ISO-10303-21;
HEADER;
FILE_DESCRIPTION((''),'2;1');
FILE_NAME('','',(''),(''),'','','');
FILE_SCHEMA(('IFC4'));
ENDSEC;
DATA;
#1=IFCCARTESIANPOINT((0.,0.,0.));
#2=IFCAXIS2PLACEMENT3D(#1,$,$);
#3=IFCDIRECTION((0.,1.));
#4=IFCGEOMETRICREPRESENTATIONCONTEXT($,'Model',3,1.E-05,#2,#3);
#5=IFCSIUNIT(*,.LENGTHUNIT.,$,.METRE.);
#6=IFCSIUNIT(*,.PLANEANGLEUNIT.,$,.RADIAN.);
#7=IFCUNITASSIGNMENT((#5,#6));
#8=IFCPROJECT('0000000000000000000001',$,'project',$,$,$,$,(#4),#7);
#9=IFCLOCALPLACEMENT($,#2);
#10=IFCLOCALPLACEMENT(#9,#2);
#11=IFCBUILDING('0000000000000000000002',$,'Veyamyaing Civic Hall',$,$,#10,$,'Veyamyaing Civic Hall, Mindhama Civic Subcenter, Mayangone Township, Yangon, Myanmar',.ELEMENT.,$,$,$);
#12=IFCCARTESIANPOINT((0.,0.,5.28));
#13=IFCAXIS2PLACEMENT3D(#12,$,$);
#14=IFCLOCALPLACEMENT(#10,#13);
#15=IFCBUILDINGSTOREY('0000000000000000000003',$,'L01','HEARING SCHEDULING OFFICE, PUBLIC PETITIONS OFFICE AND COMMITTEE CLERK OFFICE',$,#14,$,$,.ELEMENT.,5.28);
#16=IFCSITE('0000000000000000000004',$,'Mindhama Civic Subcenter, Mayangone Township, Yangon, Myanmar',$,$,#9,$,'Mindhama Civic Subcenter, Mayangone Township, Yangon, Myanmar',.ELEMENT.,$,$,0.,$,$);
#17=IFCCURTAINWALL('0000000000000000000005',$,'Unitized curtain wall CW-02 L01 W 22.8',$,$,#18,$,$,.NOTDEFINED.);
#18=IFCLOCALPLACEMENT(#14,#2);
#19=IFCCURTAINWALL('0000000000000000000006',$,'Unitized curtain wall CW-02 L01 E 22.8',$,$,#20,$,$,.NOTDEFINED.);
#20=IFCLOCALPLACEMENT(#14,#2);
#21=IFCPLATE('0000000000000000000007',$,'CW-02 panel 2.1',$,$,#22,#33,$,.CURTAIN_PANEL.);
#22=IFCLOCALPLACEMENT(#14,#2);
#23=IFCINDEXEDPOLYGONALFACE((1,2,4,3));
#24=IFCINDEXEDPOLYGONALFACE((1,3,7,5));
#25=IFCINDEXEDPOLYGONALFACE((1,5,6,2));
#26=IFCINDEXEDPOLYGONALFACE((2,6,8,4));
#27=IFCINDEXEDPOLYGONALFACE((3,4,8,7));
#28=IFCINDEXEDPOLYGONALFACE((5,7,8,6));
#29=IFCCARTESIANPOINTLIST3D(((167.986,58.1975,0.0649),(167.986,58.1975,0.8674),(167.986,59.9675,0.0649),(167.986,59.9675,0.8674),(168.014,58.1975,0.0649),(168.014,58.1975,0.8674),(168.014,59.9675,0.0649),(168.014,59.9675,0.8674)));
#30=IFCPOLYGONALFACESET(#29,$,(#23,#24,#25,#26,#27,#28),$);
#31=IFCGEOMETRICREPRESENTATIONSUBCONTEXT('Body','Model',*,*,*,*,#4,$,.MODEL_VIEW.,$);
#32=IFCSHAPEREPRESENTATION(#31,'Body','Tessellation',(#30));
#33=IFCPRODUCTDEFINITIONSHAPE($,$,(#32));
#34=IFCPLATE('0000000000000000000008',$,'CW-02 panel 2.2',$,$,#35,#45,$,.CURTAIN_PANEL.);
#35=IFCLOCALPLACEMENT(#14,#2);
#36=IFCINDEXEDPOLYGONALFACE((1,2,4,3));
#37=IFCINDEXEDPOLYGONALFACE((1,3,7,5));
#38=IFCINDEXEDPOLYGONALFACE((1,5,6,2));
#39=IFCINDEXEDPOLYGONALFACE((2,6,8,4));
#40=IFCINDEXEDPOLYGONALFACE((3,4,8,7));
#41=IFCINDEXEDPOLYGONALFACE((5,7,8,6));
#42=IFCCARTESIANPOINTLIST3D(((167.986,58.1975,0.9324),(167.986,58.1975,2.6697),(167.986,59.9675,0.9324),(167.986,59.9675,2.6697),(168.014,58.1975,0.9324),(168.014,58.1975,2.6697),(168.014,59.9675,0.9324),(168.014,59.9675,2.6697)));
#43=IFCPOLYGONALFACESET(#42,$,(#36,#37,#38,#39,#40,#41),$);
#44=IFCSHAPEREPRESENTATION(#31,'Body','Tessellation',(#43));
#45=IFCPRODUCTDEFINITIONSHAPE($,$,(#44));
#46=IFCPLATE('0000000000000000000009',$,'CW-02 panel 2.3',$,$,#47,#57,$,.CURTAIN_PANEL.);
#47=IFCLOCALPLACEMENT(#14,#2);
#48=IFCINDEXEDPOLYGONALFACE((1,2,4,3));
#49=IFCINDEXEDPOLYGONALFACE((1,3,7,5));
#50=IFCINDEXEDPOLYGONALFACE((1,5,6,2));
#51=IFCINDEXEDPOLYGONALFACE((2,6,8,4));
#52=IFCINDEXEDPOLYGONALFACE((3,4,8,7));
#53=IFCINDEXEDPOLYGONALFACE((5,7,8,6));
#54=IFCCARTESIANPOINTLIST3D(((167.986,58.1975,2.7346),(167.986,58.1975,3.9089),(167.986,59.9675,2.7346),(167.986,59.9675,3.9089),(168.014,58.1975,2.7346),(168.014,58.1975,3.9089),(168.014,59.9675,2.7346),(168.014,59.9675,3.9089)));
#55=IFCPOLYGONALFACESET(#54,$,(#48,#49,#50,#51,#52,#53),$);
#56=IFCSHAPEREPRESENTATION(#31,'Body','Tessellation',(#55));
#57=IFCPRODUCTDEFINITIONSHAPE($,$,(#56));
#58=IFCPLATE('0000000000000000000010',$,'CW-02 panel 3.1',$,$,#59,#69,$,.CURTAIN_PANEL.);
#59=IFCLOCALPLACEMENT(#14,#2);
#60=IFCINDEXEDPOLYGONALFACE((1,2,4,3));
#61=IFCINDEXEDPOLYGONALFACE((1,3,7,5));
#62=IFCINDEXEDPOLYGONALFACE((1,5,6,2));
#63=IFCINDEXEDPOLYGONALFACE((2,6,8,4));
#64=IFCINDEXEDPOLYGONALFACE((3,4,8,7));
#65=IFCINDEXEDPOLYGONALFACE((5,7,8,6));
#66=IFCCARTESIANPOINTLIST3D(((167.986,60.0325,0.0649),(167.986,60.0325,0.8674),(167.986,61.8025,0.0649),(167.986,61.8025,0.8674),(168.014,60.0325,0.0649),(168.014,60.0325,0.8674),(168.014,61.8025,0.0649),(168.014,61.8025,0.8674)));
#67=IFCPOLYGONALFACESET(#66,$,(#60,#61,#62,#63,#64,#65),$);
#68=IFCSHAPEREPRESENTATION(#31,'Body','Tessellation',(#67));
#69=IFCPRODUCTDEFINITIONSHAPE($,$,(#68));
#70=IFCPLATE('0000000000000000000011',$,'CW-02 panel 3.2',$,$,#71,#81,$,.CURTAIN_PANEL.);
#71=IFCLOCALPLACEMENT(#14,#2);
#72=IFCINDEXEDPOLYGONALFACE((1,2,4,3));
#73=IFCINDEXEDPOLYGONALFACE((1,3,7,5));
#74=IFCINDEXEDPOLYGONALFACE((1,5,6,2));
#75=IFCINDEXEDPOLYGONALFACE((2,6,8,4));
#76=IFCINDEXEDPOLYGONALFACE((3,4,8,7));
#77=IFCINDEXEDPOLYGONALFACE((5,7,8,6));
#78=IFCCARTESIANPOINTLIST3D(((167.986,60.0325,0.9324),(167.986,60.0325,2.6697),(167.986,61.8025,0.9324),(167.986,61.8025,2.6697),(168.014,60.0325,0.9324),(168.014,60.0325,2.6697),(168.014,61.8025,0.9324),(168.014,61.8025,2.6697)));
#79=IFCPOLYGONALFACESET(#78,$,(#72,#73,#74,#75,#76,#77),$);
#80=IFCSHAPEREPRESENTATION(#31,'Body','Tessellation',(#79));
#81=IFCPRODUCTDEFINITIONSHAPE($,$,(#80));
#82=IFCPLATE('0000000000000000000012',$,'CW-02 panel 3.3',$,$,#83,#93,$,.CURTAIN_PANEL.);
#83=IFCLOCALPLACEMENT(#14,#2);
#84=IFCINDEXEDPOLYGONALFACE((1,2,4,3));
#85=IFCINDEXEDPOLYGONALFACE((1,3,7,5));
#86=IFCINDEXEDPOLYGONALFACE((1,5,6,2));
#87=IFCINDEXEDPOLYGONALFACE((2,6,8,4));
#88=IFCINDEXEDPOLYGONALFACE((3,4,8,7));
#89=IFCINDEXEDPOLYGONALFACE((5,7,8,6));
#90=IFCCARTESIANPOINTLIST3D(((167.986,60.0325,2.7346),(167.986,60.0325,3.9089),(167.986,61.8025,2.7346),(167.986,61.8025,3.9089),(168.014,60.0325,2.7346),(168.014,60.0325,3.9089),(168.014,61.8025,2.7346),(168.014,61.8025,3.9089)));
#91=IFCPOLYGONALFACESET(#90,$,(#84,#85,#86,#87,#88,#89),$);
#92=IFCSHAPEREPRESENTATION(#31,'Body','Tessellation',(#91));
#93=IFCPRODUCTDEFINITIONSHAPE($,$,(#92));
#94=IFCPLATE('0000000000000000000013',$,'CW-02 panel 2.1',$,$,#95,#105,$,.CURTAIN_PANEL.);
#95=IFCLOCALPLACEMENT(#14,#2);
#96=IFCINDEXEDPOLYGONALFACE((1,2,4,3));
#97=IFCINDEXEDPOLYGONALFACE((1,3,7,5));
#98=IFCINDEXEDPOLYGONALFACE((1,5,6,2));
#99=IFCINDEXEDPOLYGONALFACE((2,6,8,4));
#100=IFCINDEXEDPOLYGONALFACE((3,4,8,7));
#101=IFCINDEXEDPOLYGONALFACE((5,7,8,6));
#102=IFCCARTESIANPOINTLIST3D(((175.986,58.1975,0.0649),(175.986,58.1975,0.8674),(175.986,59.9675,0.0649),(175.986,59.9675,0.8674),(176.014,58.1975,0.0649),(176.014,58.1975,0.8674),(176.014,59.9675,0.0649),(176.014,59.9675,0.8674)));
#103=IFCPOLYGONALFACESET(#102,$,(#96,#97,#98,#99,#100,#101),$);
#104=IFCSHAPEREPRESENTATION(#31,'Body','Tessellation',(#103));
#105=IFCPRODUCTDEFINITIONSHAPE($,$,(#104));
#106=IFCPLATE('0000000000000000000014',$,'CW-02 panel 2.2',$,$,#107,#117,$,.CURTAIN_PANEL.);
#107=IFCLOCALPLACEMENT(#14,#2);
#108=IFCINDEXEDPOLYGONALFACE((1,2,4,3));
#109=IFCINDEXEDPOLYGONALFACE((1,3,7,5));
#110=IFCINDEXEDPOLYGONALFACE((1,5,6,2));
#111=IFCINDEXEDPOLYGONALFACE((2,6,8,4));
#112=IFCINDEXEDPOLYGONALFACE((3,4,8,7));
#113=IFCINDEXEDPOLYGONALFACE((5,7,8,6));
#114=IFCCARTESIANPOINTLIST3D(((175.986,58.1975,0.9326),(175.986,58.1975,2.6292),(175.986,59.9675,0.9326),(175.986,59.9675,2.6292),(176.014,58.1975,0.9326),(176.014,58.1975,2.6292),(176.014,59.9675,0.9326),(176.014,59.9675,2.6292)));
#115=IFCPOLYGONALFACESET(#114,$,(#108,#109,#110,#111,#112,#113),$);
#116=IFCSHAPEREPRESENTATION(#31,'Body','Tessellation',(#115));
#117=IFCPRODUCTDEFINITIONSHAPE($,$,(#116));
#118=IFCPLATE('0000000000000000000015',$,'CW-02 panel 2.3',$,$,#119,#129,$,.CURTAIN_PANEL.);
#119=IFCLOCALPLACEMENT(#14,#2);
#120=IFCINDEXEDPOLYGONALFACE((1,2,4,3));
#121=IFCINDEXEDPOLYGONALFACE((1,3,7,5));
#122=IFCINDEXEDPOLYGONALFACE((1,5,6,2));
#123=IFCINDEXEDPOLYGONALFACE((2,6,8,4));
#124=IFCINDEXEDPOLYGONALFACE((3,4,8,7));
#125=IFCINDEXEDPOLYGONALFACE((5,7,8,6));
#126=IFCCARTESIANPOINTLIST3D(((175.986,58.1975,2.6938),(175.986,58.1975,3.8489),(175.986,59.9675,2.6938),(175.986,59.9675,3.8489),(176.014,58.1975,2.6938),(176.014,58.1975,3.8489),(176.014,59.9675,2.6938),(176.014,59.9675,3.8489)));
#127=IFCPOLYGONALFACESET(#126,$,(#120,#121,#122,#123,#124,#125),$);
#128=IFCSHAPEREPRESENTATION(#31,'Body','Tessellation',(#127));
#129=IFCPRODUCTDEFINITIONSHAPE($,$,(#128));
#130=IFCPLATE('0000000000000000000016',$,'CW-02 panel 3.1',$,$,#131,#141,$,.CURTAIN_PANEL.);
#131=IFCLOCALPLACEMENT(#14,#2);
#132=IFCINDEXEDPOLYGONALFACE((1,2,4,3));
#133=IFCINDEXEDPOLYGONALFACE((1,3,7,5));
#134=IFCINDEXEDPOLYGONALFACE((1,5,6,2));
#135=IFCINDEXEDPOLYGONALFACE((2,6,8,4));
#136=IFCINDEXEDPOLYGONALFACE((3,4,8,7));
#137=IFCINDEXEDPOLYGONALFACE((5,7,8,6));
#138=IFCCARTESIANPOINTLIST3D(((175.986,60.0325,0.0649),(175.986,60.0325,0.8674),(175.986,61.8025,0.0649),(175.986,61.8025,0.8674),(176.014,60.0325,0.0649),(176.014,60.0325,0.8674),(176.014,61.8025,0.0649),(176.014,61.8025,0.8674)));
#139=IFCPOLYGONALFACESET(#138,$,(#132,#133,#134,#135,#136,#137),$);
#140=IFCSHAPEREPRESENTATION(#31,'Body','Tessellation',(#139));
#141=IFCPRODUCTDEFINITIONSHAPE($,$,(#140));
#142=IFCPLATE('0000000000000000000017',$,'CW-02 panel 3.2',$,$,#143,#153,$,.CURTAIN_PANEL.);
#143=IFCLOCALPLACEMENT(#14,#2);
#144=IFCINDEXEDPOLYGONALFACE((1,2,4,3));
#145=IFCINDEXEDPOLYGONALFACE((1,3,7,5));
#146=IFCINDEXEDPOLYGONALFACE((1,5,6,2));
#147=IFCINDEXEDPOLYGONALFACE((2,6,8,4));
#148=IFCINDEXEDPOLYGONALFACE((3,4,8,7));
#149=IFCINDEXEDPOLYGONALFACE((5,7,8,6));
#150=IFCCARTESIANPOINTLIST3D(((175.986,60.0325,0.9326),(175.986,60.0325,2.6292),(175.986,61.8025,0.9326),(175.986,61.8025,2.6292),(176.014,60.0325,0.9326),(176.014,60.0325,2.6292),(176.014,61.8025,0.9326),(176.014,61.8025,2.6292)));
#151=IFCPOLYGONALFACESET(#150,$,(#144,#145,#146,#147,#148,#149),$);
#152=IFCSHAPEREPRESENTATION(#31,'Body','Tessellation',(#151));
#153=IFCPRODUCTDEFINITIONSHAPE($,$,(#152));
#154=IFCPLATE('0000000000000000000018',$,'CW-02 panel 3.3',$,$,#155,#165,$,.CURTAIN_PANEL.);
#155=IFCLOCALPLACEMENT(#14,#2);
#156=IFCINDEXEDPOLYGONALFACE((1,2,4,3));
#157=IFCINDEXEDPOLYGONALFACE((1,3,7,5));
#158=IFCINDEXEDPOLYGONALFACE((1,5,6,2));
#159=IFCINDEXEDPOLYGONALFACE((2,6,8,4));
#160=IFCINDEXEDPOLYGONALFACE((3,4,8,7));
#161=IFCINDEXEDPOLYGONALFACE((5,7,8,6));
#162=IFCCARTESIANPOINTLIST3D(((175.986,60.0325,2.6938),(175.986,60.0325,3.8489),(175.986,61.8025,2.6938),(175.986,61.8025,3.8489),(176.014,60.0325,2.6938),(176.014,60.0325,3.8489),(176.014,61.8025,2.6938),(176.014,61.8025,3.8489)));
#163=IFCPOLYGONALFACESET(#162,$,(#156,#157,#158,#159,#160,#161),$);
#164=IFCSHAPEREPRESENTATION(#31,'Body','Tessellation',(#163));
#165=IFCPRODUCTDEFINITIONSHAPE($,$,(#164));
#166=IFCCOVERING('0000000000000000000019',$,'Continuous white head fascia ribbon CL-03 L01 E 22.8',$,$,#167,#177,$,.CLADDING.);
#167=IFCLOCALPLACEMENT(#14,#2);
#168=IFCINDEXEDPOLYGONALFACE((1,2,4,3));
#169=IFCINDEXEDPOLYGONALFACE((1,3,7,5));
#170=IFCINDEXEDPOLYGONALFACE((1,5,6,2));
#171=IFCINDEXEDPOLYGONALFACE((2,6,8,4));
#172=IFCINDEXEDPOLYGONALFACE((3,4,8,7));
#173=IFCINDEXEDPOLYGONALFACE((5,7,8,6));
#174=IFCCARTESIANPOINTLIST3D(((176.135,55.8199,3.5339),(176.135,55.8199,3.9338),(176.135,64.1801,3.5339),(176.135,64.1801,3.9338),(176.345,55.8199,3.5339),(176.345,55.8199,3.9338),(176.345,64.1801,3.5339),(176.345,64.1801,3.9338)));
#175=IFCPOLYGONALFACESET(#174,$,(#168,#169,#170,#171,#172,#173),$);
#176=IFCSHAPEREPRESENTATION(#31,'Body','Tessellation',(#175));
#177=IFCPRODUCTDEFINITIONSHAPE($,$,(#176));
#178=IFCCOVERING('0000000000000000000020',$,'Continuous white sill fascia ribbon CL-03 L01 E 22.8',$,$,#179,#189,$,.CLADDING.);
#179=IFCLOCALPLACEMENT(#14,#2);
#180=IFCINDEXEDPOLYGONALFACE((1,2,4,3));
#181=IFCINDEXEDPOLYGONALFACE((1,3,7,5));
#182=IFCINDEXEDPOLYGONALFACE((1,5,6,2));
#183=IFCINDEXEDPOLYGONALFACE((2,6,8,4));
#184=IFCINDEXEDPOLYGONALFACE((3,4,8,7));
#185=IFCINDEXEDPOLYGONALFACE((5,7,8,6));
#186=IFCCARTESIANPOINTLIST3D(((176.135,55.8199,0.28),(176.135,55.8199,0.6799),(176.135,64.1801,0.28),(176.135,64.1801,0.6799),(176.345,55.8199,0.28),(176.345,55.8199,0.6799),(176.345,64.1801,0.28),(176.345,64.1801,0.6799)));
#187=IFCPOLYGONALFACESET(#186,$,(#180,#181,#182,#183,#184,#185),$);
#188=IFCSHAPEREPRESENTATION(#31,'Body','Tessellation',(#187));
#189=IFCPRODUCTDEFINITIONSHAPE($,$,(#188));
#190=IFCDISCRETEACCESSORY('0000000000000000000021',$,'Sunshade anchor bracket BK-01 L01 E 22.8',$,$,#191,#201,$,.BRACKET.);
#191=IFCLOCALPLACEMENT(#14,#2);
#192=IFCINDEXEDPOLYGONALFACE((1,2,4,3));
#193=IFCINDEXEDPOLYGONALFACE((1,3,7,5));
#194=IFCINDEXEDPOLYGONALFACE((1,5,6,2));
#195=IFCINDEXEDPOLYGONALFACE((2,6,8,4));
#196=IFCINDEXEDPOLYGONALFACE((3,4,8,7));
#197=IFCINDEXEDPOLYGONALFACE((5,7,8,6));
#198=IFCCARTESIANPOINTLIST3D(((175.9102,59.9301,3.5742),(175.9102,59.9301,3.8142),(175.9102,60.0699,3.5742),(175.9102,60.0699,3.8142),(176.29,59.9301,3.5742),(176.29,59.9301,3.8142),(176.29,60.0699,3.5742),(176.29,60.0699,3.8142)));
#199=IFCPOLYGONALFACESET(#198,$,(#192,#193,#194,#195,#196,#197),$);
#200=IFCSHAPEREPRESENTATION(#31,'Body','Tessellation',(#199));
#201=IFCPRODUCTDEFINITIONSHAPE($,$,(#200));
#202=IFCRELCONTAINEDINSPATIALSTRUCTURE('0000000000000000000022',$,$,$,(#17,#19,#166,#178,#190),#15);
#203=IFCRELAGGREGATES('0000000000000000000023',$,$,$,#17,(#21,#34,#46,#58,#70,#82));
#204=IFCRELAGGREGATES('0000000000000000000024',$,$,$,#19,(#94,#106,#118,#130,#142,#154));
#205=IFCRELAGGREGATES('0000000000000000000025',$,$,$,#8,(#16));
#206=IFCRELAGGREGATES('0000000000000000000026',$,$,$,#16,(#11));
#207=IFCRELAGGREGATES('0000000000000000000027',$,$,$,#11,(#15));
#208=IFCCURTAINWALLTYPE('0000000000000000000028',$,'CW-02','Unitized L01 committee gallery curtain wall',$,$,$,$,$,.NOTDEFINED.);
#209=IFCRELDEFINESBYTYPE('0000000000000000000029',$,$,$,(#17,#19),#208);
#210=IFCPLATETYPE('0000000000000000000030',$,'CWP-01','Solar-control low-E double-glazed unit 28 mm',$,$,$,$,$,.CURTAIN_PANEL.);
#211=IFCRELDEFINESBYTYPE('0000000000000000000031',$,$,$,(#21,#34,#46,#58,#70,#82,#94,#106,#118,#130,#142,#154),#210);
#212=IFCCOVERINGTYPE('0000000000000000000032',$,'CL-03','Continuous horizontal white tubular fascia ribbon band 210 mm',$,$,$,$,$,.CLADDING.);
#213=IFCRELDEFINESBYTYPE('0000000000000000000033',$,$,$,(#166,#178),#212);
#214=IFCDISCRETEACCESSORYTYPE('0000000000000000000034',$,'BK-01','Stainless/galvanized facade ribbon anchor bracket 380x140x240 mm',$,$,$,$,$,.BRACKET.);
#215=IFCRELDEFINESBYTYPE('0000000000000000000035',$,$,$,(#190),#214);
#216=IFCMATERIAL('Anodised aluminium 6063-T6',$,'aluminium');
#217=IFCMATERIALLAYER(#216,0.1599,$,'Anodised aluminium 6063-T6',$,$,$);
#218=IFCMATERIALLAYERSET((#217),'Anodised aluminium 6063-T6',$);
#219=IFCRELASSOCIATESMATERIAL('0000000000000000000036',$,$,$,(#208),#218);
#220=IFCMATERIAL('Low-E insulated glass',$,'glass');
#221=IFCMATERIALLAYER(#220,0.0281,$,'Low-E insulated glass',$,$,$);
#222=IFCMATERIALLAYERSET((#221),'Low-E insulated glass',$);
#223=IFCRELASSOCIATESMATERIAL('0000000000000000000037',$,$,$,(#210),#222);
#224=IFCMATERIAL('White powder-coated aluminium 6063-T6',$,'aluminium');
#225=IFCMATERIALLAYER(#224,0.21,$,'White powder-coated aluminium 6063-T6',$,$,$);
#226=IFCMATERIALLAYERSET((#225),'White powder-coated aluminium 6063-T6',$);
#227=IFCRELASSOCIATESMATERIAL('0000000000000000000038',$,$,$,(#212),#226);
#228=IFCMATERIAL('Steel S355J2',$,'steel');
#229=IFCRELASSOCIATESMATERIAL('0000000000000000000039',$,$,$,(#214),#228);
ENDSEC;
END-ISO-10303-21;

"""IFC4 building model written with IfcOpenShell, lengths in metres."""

from ifc_helpers import new_model, si_unit, direction, frame, origin, origin_2d, place, context, subcontext, project, spatial, rectangle, extrude, material, layer, layer_set, type_object, element, aggregate, save


model = new_model("IFC4")

# Units and contexts
model_context = context("Model", 3, precision=1e-05, world=origin(), true_north=direction((0.0, 1.0)))
body_context = subcontext(model_context, "Body", "Model", "MODEL_VIEW")
ifc_project = project(units=[si_unit("LENGTHUNIT", "METRE"), si_unit("PLANEANGLEUNIT", "RADIAN")], contexts=[model_context])

# Site, building, storey
site_placement = place(None, origin())
site = spatial("IfcSite", under=ifc_project, at=site_placement, Name="Mindhama Civic Subcenter, Mayangone Township, Yangon, Myanmar", LongName="Mindhama Civic Subcenter, Mayangone Township, Yangon, Myanmar", CompositionType="ELEMENT", RefElevation=0.0)
building_placement = place(site_placement, origin())
building = spatial("IfcBuilding", under=site, at=building_placement, Name="Veyamyaing Civic Hall", LongName="Veyamyaing Civic Hall, Mindhama Civic Subcenter, Mayangone Township, Yangon, Myanmar", CompositionType="ELEMENT")
storey_placement = place(building_placement, frame((0.0, 0.0, 5.28)))
storey = spatial("IfcBuildingStorey", under=building, at=storey_placement, Name="L01", Description="HEARING SCHEDULING OFFICE, PUBLIC PETITIONS OFFICE AND COMMITTEE CLERK OFFICE", CompositionType="ELEMENT", Elevation=5.28)

# Curtain walls
ifc_material_1 = material(Name="Anodised aluminium 6063-T6", Category="aluminium")
ifc_layer_1 = layer(ifc_material_1, 0.1599, Name="Anodised aluminium 6063-T6")
ifc_layer_set_1 = layer_set([ifc_layer_1], Name="Anodised aluminium 6063-T6")
curtain_wall_type = type_object("IfcCurtainWallType", Name="CW-02", Description="Unitized L01 committee gallery curtain wall", PredefinedType="NOTDEFINED", material=ifc_layer_set_1)
curtain_wall_1_placement = place(storey_placement, origin())
curtain_wall_1 = element("IfcCurtainWall", 1, at=curtain_wall_1_placement, inside=storey, type_object=curtain_wall_type, Name="Unitized curtain wall CW-02 L01 W 22.8", PredefinedType="NOTDEFINED")
curtain_wall_2_placement = place(storey_placement, origin())
curtain_wall_2 = element("IfcCurtainWall", 2, at=curtain_wall_2_placement, inside=storey, type_object=curtain_wall_type, Name="Unitized curtain wall CW-02 L01 E 22.8", PredefinedType="NOTDEFINED")

# Plates
ifc_material_2 = material(Name="Low-E insulated glass", Category="glass")
ifc_layer_2 = layer(ifc_material_2, 0.0281, Name="Low-E insulated glass")
ifc_layer_set_2 = layer_set([ifc_layer_2], Name="Low-E insulated glass")
plate_type = type_object("IfcPlateType", Name="CWP-01", Description="Solar-control low-E double-glazed unit 28 mm", PredefinedType="CURTAIN_PANEL", material=ifc_layer_set_2)
plate_1_placement = place(storey_placement, frame((168.0, 59.0825, 0.0649), z_axis=(0.0, 0.0, 1.0), x_axis=(0.0, 1.0, 0.0)))
plate_1 = element("IfcPlate", 3, at=plate_1_placement, type_object=plate_type, Name="CW-02 panel 2.1", PredefinedType="CURTAIN_PANEL", context=body_context, shape_type="SweptSolid", body=[
    extrude(rectangle(XDim=1.77, YDim=0.0281, at=origin_2d()), origin(), (0.0, 0.0, 1.0), 0.8025),
])
plate_2_placement = place(storey_placement, frame((168.0, 59.0825, 0.9324), z_axis=(0.0, 0.0, 1.0), x_axis=(0.0, 1.0, 0.0)))
plate_2 = element("IfcPlate", 4, at=plate_2_placement, type_object=plate_type, Name="CW-02 panel 2.2", PredefinedType="CURTAIN_PANEL", context=body_context, shape_type="SweptSolid", body=[
    extrude(rectangle(XDim=1.77, YDim=0.0281, at=origin_2d()), origin(), (0.0, 0.0, 1.0), 1.7373),
])
plate_3_placement = place(storey_placement, frame((168.0, 59.0825, 2.7346), z_axis=(0.0, 0.0, 1.0), x_axis=(0.0, 1.0, 0.0)))
plate_3 = element("IfcPlate", 5, at=plate_3_placement, type_object=plate_type, Name="CW-02 panel 2.3", PredefinedType="CURTAIN_PANEL", context=body_context, shape_type="SweptSolid", body=[
    extrude(rectangle(XDim=1.77, YDim=0.0281, at=origin_2d()), origin(), (0.0, 0.0, 1.0), 1.1743),
])
plate_4_placement = place(storey_placement, frame((168.0, 60.9175, 0.0649), z_axis=(0.0, 0.0, 1.0), x_axis=(0.0, 1.0, 0.0)))
plate_4 = element("IfcPlate", 6, at=plate_4_placement, type_object=plate_type, Name="CW-02 panel 3.1", PredefinedType="CURTAIN_PANEL", context=body_context, shape_type="SweptSolid", body=[
    extrude(rectangle(XDim=1.77, YDim=0.0281, at=origin_2d()), origin(), (0.0, 0.0, 1.0), 0.8025),
])
plate_5_placement = place(storey_placement, frame((168.0, 60.9175, 0.9324), z_axis=(0.0, 0.0, 1.0), x_axis=(0.0, 1.0, 0.0)))
plate_5 = element("IfcPlate", 7, at=plate_5_placement, type_object=plate_type, Name="CW-02 panel 3.2", PredefinedType="CURTAIN_PANEL", context=body_context, shape_type="SweptSolid", body=[
    extrude(rectangle(XDim=1.77, YDim=0.0281, at=origin_2d()), origin(), (0.0, 0.0, 1.0), 1.7373),
])
plate_6_placement = place(storey_placement, frame((168.0, 60.9175, 2.7346), z_axis=(0.0, 0.0, 1.0), x_axis=(0.0, 1.0, 0.0)))
plate_6 = element("IfcPlate", 8, at=plate_6_placement, type_object=plate_type, Name="CW-02 panel 3.3", PredefinedType="CURTAIN_PANEL", context=body_context, shape_type="SweptSolid", body=[
    extrude(rectangle(XDim=1.77, YDim=0.0281, at=origin_2d()), origin(), (0.0, 0.0, 1.0), 1.1743),
])
aggregate(curtain_wall_1, [plate_1, plate_2, plate_3, plate_4, plate_5, plate_6])
plate_7_placement = place(storey_placement, frame((176.0, 59.0825, 0.0649), z_axis=(0.0, 0.0, 1.0), x_axis=(0.0, 1.0, 0.0)))
plate_7 = element("IfcPlate", 9, at=plate_7_placement, type_object=plate_type, Name="CW-02 panel 2.1", PredefinedType="CURTAIN_PANEL", context=body_context, shape_type="SweptSolid", body=[
    extrude(rectangle(XDim=1.77, YDim=0.0281, at=origin_2d()), origin(), (0.0, 0.0, 1.0), 0.8025),
])
plate_8_placement = place(storey_placement, frame((176.0, 59.0825, 0.9326), z_axis=(0.0, 0.0, 1.0), x_axis=(0.0, 1.0, 0.0)))
plate_8 = element("IfcPlate", 10, at=plate_8_placement, type_object=plate_type, Name="CW-02 panel 2.2", PredefinedType="CURTAIN_PANEL", context=body_context, shape_type="SweptSolid", body=[
    extrude(rectangle(XDim=1.77, YDim=0.0281, at=origin_2d()), origin(), (0.0, 0.0, 1.0), 1.6965),
])
plate_9_placement = place(storey_placement, frame((176.0, 59.0825, 2.6938), z_axis=(0.0, 0.0, 1.0), x_axis=(0.0, 1.0, 0.0)))
plate_9 = element("IfcPlate", 11, at=plate_9_placement, type_object=plate_type, Name="CW-02 panel 2.3", PredefinedType="CURTAIN_PANEL", context=body_context, shape_type="SweptSolid", body=[
    extrude(rectangle(XDim=1.77, YDim=0.0281, at=origin_2d()), origin(), (0.0, 0.0, 1.0), 1.155),
])
plate_10_placement = place(storey_placement, frame((176.0, 60.9175, 0.0649), z_axis=(0.0, 0.0, 1.0), x_axis=(0.0, 1.0, 0.0)))
plate_10 = element("IfcPlate", 12, at=plate_10_placement, type_object=plate_type, Name="CW-02 panel 3.1", PredefinedType="CURTAIN_PANEL", context=body_context, shape_type="SweptSolid", body=[
    extrude(rectangle(XDim=1.77, YDim=0.0281, at=origin_2d()), origin(), (0.0, 0.0, 1.0), 0.8025),
])
plate_11_placement = place(storey_placement, frame((176.0, 60.9175, 0.9326), z_axis=(0.0, 0.0, 1.0), x_axis=(0.0, 1.0, 0.0)))
plate_11 = element("IfcPlate", 13, at=plate_11_placement, type_object=plate_type, Name="CW-02 panel 3.2", PredefinedType="CURTAIN_PANEL", context=body_context, shape_type="SweptSolid", body=[
    extrude(rectangle(XDim=1.77, YDim=0.0281, at=origin_2d()), origin(), (0.0, 0.0, 1.0), 1.6965),
])
plate_12_placement = place(storey_placement, frame((176.0, 60.9175, 2.6938), z_axis=(0.0, 0.0, 1.0), x_axis=(0.0, 1.0, 0.0)))
plate_12 = element("IfcPlate", 14, at=plate_12_placement, type_object=plate_type, Name="CW-02 panel 3.3", PredefinedType="CURTAIN_PANEL", context=body_context, shape_type="SweptSolid", body=[
    extrude(rectangle(XDim=1.77, YDim=0.0281, at=origin_2d()), origin(), (0.0, 0.0, 1.0), 1.155),
])
aggregate(curtain_wall_2, [plate_7, plate_8, plate_9, plate_10, plate_11, plate_12])

# Coverings
ifc_material_3 = material(Name="White powder-coated aluminium 6063-T6", Category="aluminium")
ifc_layer_3 = layer(ifc_material_3, 0.21, Name="White powder-coated aluminium 6063-T6")
ifc_layer_set_3 = layer_set([ifc_layer_3], Name="White powder-coated aluminium 6063-T6")
covering_type = type_object("IfcCoveringType", Name="CL-03", Description="Continuous horizontal white tubular fascia ribbon band 210 mm", PredefinedType="CLADDING", material=ifc_layer_set_3)
for number, where, z_axis, x_axis, name in (
    (15, (176.24, 60.0, 3.5339), (0.0, 0.0, 1.0), (0.0, 1.0, 0.0), "Continuous white head fascia ribbon CL-03 L01 E 22.8"),
    (16, (176.24, 60.0, 0.28), (0.0, 0.0, 1.0), (0.0, 1.0, 0.0), "Continuous white sill fascia ribbon CL-03 L01 E 22.8"),
):
    element("IfcCovering", number, at=place(storey_placement, frame(where, z_axis=z_axis, x_axis=x_axis)), inside=storey, type_object=covering_type, Name=name, PredefinedType="CLADDING", context=body_context, shape_type="SweptSolid", body=[
        extrude(rectangle(XDim=8.3601, YDim=0.21, at=origin_2d()), origin(), (0.0, 0.0, 1.0), 0.3999),
    ])

# Discrete accessory
ifc_material_4 = material(Name="Steel S355J2", Category="steel")
discrete_accessory_type = type_object("IfcDiscreteAccessoryType", Name="BK-01", Description="Stainless/galvanized facade ribbon anchor bracket 380x140x240 mm", PredefinedType="BRACKET", material=ifc_material_4)
for number, where, z_axis, x_axis, name in (
    (17, (176.1001, 60.0, 3.5742), (0.0, 0.0, 1.0), (1.0, 0.0, 0.0), "Sunshade anchor bracket BK-01 L01 E 22.8"),
):
    element("IfcDiscreteAccessory", number, at=place(storey_placement, frame(where, z_axis=z_axis, x_axis=x_axis)), inside=storey, type_object=discrete_accessory_type, Name=name, PredefinedType="BRACKET", context=body_context, shape_type="SweptSolid", body=[
        extrude(rectangle(XDim=0.3799, YDim=0.1399, at=origin_2d()), origin(), (0.0, 0.0, 1.0), 0.24),
    ])

save(model, "model.ifc")
